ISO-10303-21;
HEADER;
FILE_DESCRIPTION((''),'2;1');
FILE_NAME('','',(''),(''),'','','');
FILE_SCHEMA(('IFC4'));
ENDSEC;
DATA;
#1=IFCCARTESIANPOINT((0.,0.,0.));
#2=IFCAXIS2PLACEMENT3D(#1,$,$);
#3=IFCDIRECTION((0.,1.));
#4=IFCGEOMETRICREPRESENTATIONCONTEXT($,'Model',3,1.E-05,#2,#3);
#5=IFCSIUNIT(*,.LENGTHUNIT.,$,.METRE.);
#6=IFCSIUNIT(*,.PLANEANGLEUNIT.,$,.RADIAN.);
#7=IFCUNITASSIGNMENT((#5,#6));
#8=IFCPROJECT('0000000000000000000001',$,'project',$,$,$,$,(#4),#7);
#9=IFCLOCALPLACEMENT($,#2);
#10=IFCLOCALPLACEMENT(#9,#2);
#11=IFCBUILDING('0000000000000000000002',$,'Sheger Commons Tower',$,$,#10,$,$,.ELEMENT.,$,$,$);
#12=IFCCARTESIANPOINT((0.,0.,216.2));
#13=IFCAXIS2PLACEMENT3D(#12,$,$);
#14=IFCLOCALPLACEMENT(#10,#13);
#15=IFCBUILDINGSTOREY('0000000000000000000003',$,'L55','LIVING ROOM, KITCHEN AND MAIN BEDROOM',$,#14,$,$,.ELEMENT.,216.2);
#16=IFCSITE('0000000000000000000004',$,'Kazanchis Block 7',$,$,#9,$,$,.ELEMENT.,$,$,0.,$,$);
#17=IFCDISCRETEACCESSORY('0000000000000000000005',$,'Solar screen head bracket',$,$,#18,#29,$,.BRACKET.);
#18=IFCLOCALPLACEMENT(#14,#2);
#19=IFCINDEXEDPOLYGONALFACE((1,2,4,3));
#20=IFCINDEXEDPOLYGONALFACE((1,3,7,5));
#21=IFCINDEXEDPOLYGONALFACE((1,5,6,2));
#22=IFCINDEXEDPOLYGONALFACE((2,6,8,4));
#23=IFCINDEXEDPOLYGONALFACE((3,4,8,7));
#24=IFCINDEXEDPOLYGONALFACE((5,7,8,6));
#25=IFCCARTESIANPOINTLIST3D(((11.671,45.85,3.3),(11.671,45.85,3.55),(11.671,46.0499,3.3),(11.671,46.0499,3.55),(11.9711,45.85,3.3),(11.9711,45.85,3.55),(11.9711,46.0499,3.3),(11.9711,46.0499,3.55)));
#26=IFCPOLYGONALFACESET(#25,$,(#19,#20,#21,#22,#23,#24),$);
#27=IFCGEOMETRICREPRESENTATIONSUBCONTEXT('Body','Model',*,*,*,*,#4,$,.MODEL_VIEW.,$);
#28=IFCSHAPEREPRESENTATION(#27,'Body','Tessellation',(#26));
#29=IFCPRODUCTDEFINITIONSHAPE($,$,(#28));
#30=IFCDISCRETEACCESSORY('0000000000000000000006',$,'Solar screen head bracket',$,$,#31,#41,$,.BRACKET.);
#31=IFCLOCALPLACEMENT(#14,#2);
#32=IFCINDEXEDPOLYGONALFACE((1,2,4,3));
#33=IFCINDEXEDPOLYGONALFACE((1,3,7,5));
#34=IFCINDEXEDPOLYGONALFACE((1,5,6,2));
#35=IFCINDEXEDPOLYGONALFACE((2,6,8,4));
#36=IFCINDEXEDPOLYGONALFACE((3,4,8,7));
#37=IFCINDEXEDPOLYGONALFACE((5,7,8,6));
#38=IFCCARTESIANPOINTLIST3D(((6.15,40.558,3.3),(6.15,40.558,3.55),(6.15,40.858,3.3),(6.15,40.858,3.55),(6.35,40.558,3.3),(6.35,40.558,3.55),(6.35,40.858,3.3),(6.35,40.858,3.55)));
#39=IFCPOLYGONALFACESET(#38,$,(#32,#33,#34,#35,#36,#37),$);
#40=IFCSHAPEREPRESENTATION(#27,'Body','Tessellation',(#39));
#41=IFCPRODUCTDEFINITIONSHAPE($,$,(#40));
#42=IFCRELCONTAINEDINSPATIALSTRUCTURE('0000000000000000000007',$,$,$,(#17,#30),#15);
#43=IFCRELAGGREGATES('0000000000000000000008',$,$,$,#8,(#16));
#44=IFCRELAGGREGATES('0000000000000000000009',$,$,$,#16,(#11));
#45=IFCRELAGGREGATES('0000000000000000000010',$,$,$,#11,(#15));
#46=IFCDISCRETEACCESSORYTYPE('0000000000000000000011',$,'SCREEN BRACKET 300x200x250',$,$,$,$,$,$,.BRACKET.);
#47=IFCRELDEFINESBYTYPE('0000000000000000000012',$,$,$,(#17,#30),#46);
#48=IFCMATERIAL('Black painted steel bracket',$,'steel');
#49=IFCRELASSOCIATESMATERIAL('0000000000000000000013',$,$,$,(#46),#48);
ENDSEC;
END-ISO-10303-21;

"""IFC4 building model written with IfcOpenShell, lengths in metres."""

from ifc_helpers import new_model, si_unit, direction, frame, origin, origin_2d, place, context, subcontext, project, spatial, rectangle, extrude, material, type_object, element, save


model = new_model("IFC4")

# Units and contexts
model_context = context("Model", 3, precision=1e-05, world=origin(), true_north=direction((0.0, 1.0)))
body_context = subcontext(model_context, "Body", "Model", "MODEL_VIEW")
ifc_project = project(units=[si_unit("LENGTHUNIT", "METRE"), si_unit("PLANEANGLEUNIT", "RADIAN")], contexts=[model_context])

# Site, building, storey
site_placement = place(None, origin())
site = spatial("IfcSite", under=ifc_project, at=site_placement, Name="Kazanchis Block 7", CompositionType="ELEMENT", RefElevation=0.0)
building_placement = place(site_placement, origin())
building = spatial("IfcBuilding", under=site, at=building_placement, Name="Sheger Commons Tower", CompositionType="ELEMENT")
storey_placement = place(building_placement, frame((0.0, 0.0, 216.2)))
storey = spatial("IfcBuildingStorey", under=building, at=storey_placement, Name="L55", Description="LIVING ROOM, KITCHEN AND MAIN BEDROOM", CompositionType="ELEMENT", Elevation=216.2)

# Discrete accessories
ifc_material_1 = material(Name="Black painted steel bracket", Category="steel")
discrete_accessory_type = type_object("IfcDiscreteAccessoryType", Name="SCREEN BRACKET 300x200x250", PredefinedType="BRACKET", material=ifc_material_1)
for number, where, z_axis, x_axis, name in (
    (1, (11.821, 45.95, 3.3), (0.0, 0.0, 1.0), (-1.0, 0.0, 0.0), "Solar screen head bracket"),
    (2, (6.25, 40.708, 3.3), (0.0, 0.0, 1.0), (0.0, -1.0, 0.0), "Solar screen head bracket"),
):
    element("IfcDiscreteAccessory", number, at=place(storey_placement, frame(where, z_axis=z_axis, x_axis=x_axis)), inside=storey, type_object=discrete_accessory_type, Name=name, PredefinedType="BRACKET", context=body_context, shape_type="SweptSolid", body=[
        extrude(rectangle(XDim=0.3, YDim=0.2, at=origin_2d()), origin(), (0.0, 0.0, 1.0), 0.25),
    ])

save(model, "model.ifc")
